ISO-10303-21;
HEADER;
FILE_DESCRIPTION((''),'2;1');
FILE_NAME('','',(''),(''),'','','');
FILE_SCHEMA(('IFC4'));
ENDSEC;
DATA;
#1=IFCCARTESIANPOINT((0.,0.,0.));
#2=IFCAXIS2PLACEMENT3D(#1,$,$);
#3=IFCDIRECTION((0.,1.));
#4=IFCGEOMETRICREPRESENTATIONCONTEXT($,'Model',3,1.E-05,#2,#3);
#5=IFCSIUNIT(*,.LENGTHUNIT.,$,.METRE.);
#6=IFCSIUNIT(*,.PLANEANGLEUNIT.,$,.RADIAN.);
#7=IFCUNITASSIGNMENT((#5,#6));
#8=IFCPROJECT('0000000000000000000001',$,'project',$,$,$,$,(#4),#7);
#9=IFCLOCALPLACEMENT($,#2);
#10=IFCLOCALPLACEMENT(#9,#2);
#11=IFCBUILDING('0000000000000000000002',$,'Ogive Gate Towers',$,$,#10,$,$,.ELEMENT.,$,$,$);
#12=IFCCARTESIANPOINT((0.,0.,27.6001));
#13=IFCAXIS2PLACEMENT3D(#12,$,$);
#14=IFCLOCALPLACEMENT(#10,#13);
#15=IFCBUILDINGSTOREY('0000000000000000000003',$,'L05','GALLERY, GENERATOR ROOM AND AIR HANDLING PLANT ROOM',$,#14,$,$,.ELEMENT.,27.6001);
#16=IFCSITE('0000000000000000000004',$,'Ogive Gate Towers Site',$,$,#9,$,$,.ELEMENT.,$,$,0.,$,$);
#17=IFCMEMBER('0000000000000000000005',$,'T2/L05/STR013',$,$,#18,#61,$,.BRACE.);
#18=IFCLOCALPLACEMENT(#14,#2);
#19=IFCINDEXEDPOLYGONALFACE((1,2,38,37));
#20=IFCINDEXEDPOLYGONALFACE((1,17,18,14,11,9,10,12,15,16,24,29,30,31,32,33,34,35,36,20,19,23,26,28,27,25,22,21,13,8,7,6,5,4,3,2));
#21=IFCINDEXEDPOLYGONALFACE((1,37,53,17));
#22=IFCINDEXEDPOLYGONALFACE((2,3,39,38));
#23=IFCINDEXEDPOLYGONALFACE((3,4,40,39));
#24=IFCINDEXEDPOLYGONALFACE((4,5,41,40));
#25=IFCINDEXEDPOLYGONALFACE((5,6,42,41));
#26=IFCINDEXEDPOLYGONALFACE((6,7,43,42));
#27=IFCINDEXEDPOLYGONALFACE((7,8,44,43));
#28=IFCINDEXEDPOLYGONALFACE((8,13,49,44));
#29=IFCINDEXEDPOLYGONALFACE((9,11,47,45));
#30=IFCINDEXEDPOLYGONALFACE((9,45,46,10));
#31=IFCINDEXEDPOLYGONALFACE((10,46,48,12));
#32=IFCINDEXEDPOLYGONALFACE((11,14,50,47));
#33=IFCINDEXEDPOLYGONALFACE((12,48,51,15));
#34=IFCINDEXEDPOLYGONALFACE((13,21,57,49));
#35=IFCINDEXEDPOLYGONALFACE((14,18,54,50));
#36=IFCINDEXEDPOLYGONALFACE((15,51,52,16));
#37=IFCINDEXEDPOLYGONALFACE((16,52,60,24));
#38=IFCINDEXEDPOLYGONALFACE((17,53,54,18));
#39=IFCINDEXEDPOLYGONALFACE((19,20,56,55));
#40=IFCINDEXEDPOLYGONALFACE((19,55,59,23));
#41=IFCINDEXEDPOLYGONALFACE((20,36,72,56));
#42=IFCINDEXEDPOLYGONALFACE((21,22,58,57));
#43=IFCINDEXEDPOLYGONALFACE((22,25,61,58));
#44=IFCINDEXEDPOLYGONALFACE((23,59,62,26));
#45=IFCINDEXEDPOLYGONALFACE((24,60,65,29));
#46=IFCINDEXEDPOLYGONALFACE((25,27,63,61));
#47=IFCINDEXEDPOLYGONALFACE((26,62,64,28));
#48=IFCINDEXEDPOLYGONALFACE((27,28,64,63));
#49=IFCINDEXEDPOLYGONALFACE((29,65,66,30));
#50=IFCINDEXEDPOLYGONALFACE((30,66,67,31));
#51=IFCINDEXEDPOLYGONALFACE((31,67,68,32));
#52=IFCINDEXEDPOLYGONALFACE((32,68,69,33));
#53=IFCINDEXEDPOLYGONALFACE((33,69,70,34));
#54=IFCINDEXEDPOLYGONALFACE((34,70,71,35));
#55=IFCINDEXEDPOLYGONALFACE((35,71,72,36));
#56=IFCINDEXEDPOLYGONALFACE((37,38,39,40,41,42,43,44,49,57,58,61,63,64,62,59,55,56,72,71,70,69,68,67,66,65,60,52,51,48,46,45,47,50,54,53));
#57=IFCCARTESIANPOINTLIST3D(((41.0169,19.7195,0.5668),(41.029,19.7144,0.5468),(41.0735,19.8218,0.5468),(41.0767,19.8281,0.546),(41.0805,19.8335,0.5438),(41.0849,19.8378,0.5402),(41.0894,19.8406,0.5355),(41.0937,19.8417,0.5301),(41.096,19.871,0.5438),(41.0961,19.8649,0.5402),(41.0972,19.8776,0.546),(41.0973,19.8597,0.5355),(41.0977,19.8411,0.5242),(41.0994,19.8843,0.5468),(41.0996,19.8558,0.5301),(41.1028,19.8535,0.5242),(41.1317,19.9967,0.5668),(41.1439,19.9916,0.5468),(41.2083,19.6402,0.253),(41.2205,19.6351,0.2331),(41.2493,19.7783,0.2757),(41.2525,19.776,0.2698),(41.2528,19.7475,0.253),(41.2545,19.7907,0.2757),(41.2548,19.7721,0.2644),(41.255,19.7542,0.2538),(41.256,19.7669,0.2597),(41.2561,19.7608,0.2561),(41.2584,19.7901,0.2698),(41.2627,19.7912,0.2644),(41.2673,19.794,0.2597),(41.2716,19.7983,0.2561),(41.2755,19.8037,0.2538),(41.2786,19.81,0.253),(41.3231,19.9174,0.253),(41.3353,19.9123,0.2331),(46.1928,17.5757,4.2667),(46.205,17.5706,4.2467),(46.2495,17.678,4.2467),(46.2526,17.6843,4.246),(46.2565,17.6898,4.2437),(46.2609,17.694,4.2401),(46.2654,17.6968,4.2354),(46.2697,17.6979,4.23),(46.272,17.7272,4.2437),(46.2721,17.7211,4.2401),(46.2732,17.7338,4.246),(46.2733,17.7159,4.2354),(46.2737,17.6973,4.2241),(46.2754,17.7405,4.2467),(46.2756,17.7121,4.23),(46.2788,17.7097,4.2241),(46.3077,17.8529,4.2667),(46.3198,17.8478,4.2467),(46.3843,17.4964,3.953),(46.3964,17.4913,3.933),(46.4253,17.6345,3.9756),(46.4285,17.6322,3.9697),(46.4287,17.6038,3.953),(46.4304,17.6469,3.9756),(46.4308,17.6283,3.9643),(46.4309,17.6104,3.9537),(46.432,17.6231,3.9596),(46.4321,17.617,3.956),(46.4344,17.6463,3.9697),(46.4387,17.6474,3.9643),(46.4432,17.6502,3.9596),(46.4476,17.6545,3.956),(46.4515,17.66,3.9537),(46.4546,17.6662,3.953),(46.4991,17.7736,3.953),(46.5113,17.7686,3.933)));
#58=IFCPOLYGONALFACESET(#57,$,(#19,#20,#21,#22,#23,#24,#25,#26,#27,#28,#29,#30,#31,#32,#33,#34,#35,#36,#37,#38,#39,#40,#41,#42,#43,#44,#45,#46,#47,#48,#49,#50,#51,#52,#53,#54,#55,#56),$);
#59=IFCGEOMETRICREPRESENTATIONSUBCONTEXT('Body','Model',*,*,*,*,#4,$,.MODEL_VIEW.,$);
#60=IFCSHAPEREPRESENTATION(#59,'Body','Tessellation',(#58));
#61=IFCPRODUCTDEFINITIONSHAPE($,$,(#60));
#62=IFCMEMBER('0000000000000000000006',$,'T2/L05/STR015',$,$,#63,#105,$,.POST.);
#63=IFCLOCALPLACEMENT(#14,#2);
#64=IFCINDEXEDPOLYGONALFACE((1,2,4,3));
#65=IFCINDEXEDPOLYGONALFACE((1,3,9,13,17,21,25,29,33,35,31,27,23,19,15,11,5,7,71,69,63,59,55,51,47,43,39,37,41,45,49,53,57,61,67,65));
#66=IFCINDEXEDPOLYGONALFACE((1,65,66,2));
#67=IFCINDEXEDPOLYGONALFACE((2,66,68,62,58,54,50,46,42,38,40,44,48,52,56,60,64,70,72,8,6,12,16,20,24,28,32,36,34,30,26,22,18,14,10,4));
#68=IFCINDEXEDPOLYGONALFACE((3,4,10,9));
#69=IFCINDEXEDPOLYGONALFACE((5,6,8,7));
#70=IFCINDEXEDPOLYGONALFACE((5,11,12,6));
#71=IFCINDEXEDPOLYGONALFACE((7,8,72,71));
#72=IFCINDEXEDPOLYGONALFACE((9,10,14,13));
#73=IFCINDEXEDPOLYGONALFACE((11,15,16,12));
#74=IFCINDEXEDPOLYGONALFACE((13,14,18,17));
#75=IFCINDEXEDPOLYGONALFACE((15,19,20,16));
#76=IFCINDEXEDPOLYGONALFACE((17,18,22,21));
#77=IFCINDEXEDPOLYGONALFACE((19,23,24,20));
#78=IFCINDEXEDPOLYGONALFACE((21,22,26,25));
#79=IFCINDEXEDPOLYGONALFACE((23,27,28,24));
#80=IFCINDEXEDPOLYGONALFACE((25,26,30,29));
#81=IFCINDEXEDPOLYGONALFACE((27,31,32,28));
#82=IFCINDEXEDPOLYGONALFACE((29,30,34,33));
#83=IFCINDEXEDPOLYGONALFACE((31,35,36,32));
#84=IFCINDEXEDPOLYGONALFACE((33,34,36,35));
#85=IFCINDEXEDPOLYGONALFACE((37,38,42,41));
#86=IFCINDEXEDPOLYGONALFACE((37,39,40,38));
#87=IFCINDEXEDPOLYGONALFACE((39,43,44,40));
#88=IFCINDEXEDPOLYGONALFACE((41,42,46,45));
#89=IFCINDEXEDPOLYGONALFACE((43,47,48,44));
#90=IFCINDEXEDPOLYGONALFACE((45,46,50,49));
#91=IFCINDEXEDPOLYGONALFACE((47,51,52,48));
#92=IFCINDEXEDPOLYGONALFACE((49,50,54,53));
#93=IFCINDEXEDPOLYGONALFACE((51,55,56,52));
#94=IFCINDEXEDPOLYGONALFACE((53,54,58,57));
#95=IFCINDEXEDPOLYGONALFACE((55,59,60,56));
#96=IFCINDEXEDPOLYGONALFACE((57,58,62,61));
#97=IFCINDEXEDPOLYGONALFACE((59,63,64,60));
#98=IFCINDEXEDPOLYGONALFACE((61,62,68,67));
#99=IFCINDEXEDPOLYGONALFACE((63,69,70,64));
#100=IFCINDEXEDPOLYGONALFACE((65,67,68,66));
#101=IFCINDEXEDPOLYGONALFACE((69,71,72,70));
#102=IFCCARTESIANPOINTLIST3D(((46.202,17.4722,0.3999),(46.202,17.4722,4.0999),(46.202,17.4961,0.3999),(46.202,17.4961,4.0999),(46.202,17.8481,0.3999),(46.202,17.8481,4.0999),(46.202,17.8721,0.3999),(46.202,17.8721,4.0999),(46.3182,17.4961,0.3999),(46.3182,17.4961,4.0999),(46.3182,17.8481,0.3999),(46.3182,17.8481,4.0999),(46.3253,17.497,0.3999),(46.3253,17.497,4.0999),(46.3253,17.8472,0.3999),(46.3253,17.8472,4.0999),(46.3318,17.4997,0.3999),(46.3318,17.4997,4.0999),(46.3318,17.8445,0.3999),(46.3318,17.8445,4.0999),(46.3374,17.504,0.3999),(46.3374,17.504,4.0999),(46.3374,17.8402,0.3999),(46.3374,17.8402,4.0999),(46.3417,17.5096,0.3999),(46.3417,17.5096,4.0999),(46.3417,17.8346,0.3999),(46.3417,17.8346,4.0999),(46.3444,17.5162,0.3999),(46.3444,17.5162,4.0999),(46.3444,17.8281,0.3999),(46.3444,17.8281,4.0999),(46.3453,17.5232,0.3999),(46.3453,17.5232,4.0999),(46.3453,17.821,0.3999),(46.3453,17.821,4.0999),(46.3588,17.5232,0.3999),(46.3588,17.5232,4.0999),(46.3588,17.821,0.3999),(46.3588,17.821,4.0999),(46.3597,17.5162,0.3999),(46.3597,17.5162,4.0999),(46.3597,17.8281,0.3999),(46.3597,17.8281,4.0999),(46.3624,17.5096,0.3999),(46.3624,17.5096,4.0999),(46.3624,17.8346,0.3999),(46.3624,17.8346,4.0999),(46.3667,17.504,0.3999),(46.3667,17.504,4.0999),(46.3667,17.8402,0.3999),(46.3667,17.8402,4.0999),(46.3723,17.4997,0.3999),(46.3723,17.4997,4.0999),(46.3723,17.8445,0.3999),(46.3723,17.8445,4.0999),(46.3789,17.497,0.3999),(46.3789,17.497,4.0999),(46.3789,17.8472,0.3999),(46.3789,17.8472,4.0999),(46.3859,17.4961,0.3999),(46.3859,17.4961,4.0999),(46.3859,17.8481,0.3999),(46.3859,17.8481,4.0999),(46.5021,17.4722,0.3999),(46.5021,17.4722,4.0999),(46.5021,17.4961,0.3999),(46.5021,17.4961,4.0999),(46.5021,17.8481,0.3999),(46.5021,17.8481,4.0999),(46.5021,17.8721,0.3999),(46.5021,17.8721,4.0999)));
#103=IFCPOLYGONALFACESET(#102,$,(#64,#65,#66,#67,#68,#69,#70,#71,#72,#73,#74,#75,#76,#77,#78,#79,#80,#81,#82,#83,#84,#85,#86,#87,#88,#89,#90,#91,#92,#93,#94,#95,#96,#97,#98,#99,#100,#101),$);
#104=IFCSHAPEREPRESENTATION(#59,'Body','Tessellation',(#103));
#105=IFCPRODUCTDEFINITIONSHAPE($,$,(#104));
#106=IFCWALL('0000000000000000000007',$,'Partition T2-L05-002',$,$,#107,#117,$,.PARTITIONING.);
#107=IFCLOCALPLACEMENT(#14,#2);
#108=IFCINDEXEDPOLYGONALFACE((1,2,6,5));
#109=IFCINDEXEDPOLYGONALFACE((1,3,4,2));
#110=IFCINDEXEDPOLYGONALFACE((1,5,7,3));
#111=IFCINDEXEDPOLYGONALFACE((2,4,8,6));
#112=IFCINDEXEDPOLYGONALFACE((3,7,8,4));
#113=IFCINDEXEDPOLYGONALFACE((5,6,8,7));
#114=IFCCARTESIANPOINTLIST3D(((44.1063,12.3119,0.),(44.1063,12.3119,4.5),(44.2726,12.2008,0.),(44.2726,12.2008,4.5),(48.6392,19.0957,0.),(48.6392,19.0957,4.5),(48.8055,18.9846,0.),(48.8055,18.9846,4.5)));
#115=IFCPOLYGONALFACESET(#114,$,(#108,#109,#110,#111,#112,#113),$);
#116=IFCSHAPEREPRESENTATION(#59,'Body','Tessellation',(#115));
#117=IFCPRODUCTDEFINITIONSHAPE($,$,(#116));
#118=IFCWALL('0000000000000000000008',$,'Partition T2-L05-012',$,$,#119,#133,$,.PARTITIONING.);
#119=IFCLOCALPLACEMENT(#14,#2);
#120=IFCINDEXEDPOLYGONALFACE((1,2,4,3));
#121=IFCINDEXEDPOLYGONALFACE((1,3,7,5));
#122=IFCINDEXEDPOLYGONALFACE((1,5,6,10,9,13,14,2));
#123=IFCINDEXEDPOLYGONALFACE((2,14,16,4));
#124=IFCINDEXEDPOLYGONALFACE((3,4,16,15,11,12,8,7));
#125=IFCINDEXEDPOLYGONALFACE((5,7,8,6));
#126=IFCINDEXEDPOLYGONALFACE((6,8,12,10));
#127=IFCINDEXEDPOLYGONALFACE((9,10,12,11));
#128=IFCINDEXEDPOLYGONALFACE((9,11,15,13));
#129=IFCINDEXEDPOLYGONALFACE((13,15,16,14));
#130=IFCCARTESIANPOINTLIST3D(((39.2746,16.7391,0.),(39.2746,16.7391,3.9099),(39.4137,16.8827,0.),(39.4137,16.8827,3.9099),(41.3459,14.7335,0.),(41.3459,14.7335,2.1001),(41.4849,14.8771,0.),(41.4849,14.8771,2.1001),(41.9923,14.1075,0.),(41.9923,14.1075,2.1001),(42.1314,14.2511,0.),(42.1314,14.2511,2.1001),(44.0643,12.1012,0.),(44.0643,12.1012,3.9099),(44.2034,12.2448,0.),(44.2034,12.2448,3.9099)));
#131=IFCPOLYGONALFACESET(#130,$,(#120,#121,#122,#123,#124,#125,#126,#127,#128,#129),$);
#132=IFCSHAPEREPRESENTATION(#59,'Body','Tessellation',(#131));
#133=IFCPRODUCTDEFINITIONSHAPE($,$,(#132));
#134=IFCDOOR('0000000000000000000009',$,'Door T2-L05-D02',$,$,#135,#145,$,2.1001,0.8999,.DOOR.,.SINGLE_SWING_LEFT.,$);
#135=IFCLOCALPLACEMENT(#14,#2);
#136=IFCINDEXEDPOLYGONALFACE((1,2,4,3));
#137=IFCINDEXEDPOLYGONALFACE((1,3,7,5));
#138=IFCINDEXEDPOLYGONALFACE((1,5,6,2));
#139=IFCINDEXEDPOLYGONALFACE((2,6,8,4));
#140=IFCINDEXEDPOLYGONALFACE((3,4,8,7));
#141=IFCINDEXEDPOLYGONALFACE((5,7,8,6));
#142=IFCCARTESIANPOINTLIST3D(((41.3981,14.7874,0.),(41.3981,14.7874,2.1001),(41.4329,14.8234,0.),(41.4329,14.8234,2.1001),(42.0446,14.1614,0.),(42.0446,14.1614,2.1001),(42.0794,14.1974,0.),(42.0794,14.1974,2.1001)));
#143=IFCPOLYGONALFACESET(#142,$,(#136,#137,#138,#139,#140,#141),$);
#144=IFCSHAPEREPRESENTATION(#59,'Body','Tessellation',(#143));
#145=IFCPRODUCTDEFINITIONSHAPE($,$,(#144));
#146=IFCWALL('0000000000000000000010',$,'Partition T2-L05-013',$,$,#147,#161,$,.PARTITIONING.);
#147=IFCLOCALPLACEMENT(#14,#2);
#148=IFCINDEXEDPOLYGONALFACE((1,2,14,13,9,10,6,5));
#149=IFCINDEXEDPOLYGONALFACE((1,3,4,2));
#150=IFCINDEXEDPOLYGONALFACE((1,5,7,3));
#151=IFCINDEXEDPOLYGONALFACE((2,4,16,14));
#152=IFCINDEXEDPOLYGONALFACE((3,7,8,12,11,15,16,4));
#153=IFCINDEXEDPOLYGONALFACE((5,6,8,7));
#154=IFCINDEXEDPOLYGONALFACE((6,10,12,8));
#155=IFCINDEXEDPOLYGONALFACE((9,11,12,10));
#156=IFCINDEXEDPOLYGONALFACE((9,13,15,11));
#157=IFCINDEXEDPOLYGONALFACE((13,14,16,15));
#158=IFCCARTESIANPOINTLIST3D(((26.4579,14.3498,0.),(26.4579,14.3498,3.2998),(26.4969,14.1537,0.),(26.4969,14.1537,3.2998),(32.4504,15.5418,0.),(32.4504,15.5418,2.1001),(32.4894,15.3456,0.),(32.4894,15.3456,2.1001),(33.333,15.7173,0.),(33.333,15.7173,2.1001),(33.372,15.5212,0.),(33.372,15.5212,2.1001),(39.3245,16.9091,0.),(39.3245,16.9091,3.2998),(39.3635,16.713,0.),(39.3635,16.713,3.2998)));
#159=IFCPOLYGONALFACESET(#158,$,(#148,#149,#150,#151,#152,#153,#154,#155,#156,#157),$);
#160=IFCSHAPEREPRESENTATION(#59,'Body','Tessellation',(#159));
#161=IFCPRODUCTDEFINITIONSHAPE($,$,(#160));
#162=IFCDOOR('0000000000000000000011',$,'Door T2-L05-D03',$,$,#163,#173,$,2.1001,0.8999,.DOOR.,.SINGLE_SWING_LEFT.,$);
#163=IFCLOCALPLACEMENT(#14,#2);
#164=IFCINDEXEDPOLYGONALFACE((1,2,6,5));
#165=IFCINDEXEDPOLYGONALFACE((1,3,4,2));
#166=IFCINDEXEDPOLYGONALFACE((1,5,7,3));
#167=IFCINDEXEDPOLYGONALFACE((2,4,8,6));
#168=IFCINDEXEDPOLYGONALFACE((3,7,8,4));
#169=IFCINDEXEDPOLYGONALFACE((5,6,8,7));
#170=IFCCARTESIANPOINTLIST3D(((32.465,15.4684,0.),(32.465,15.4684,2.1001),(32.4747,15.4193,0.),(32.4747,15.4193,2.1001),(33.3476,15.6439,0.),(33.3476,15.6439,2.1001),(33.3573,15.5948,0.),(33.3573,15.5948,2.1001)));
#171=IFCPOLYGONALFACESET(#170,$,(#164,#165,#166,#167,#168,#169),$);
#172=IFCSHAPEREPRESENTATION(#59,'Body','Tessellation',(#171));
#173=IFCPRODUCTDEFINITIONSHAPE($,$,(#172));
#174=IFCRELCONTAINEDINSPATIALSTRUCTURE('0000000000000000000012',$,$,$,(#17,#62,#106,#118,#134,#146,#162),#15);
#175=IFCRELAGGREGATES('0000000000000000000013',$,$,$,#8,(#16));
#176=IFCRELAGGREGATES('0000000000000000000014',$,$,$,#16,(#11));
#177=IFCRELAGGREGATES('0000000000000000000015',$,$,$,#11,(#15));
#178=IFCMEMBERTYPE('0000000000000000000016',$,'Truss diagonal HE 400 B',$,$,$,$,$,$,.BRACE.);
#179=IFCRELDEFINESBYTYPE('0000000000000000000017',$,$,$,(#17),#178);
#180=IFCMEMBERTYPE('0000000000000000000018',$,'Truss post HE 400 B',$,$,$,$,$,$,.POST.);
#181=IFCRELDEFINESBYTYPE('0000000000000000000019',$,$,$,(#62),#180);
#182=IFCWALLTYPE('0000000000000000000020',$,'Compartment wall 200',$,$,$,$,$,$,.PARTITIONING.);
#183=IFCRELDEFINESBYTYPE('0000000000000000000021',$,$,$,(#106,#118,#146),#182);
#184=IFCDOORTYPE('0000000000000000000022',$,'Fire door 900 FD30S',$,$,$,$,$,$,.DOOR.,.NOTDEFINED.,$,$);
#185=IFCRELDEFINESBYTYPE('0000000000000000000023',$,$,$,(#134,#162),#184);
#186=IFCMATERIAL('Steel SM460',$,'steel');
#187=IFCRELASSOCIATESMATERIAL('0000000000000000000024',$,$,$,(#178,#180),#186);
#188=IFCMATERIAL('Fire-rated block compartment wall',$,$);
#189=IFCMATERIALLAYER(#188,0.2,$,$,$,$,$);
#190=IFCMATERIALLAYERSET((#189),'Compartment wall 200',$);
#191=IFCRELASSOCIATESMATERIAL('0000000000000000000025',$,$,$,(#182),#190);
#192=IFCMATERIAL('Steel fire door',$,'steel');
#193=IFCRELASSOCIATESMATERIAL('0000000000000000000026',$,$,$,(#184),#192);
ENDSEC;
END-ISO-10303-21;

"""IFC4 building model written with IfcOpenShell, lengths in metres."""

from ifc_helpers import new_model, si_unit, direction, frame, frame_2d, origin, origin_2d, place, context, subcontext, project, spatial, rectangle, i_section, extrude, material, layer, layer_set, material_profile, profile_set, type_object, element, fill, save


model = new_model("IFC4")

# Units and contexts
model_context = context("Model", 3, precision=1e-05, world=origin(), true_north=direction((0.0, 1.0)))
body_context = subcontext(model_context, "Body", "Model", "MODEL_VIEW")
ifc_project = project(units=[si_unit("LENGTHUNIT", "METRE"), si_unit("PLANEANGLEUNIT", "RADIAN")], contexts=[model_context])

# Site, building, storey
site_placement = place(None, origin())
site = spatial("IfcSite", under=ifc_project, at=site_placement, Name="Ogive Gate Towers Site", CompositionType="ELEMENT", RefElevation=0.0)
building_placement = place(site_placement, origin())
building = spatial("IfcBuilding", under=site, at=building_placement, Name="Ogive Gate Towers", CompositionType="ELEMENT")
storey_placement = place(building_placement, frame((0.0, 0.0, 27.6001)))
storey = spatial("IfcBuildingStorey", under=building, at=storey_placement, Name="L05", Description="GALLERY, GENERATOR ROOM AND AIR HANDLING PLANT ROOM", CompositionType="ELEMENT", Elevation=27.6001)

# Members
ifc_material_1 = material(Name="Steel SM460", Category="steel")
ifc_material_profile_1 = material_profile(ifc_material_1, i_section(OverallWidth=0.3, OverallDepth=0.3999, WebThickness=0.0134, FlangeThickness=0.0239, FilletRadius=0.0271, at=origin_2d()), Name="HE 400 B")
ifc_profile_set_1 = profile_set([ifc_material_profile_1], Name="Steel SM460")
member_type_1 = type_object("IfcMemberType", Name="Truss diagonal HE 400 B", PredefinedType="BRACE", material=ifc_profile_set_1)
member_1_placement = place(storey_placement, frame((46.3521, 17.6721, 4.0999), z_axis=(-0.770939, 0.319306, -0.551086), x_axis=(-0.382656, -0.923891, 0.0)))
element("IfcMember", 1, at=member_1_placement, inside=storey, type_object=member_type_1, Name="T2/L05/STR013", PredefinedType="BRACE", context=body_context, shape_type="SweptSolid", body=[
    extrude(i_section(OverallWidth=0.3, OverallDepth=0.3999, WebThickness=0.0134, FlangeThickness=0.0239, FilletRadius=0.0271, at=origin_2d()), origin(), (0.0, 0.0, 1.0), 6.7139),
])
ifc_material_profile_2 = material_profile(ifc_material_1, i_section(OverallWidth=0.3, OverallDepth=0.3999, WebThickness=0.0134, FlangeThickness=0.0239, FilletRadius=0.0271, at=origin_2d()), Name="HE 400 B")
ifc_profile_set_2 = profile_set([ifc_material_profile_2], Name="Steel SM460")
member_type_2 = type_object("IfcMemberType", Name="Truss post HE 400 B", PredefinedType="POST", material=ifc_profile_set_2)
member_2_placement = place(storey_placement, frame((46.3521, 17.6721, 0.3999), z_axis=(0.0, 0.0, 1.0), x_axis=(1.0, 0.0, 0.0)))
element("IfcMember", 2, at=member_2_placement, inside=storey, type_object=member_type_2, Name="T2/L05/STR015", PredefinedType="POST", context=body_context, shape_type="SweptSolid", body=[
    extrude(i_section(OverallWidth=0.3, OverallDepth=0.3999, WebThickness=0.0134, FlangeThickness=0.0239, FilletRadius=0.0271, at=origin_2d()), origin(), (0.0, 0.0, 1.0), 3.7),
])

# Wall
ifc_material_2 = material(Name="Fire-rated block compartment wall")
ifc_layer_1 = layer(ifc_material_2, 0.2)
ifc_layer_set_1 = layer_set([ifc_layer_1], Name="Compartment wall 200")
wall_type_1 = type_object("IfcWallType", Name="Compartment wall 200", PredefinedType="PARTITIONING", material=ifc_layer_set_1)
wall_1_placement = place(storey_placement, frame((48.7224, 19.0403, 0.0), z_axis=(0.0, 0.0, 1.0), x_axis=(-0.555577, -0.831465, 0.0)))
element("IfcWall", 3, at=wall_1_placement, inside=storey, type_object=wall_type_1, Name="Partition T2-L05-002", PredefinedType="PARTITIONING", context=body_context, shape_type="SweptSolid", body=[
    extrude(rectangle(XDim=8.1589, YDim=0.2, at=frame_2d((4.0796, 0.0))), origin(), (0.0, 0.0, 1.0), 4.5),
])

# Walls, openings, doors
wall_2_placement = place(storey_placement, frame((44.1338, 12.1731, 0.0), z_axis=(0.0, 0.0, 1.0), x_axis=(-0.718403, 0.695627, 0.0)))
wall_2 = element("IfcWall", 4, at=wall_2_placement, inside=storey, type_object=wall_type_1, Name="Partition T2-L05-012", PredefinedType="PARTITIONING", context=body_context, shape_type="SweptSolid", body=[
    extrude(rectangle(XDim=6.6672, YDim=0.2, at=frame_2d((3.3335, 0.0))), origin(), (0.0, 0.0, 1.0), 3.9099),
])
opening_1_placement = place(wall_2_placement, frame((2.884, 0.0, 0.0)))
opening_1 = element("IfcOpeningElement", 5, at=opening_1_placement, cuts=wall_2, PredefinedType="OPENING", context=body_context, shape_type="SweptSolid", body=[
    extrude(rectangle(XDim=0.8999, YDim=2.1001, at=frame_2d((0.45, 1.05))), frame((0.0, 0.1099, 0.0), z_axis=(0.0, -1.0, 0.0), x_axis=(1.0, 0.0, 0.0)), (0.0, 0.0, 1.0), 0.22),
])
ifc_material_3 = material(Name="Steel fire door", Category="steel")
door_type_1 = type_object("IfcDoorType", Name="Fire door 900 FD30S", OperationType="NOTDEFINED", PredefinedType="DOOR", material=ifc_material_3)
door_1_placement = place(opening_1_placement, origin())
door_1 = element("IfcDoor", 6, at=door_1_placement, inside=storey, type_object=door_type_1, Name="Door T2-L05-D02", OperationType="SINGLE_SWING_LEFT", OverallHeight=2.1001, OverallWidth=0.8999, PredefinedType="DOOR", context=body_context, shape_type="SweptSolid", body=[
    extrude(rectangle(XDim=0.8999, YDim=2.1001, at=frame_2d((0.45, 1.05))), frame((0.0, 0.0249, 0.0), z_axis=(0.0, -1.0, 0.0), x_axis=(1.0, 0.0, 0.0)), (0.0, 0.0, 1.0), 0.05),
])
fill(opening_1, door_1)
wall_3_placement = place(storey_placement, frame((39.344, 16.811, 0.0), z_axis=(0.0, 0.0, 1.0), x_axis=(-0.980786, -0.195089, 0.0)))
wall_3 = element("IfcWall", 7, at=wall_3_placement, inside=storey, type_object=wall_type_1, Name="Partition T2-L05-013", PredefinedType="PARTITIONING", context=body_context, shape_type="SweptSolid", body=[
    extrude(rectangle(XDim=13.1187, YDim=0.2, at=frame_2d((6.5593, 0.0))), origin(), (0.0, 0.0, 1.0), 3.2998),
])
opening_2_placement = place(wall_3_placement, frame((6.1089, 0.0, 0.0)))
opening_2 = element("IfcOpeningElement", 8, at=opening_2_placement, cuts=wall_3, PredefinedType="OPENING", context=body_context, shape_type="SweptSolid", body=[
    extrude(rectangle(XDim=0.8999, YDim=2.1001, at=frame_2d((0.45, 1.05))), frame((0.0, 0.1099, 0.0), z_axis=(0.0, -1.0, 0.0), x_axis=(1.0, 0.0, 0.0)), (0.0, 0.0, 1.0), 0.22),
])
door_2_placement = place(opening_2_placement, origin())
door_2 = element("IfcDoor", 9, at=door_2_placement, inside=storey, type_object=door_type_1, Name="Door T2-L05-D03", OperationType="SINGLE_SWING_LEFT", OverallHeight=2.1001, OverallWidth=0.8999, PredefinedType="DOOR", context=body_context, shape_type="SweptSolid", body=[
    extrude(rectangle(XDim=0.8999, YDim=2.1001, at=frame_2d((0.45, 1.05))), frame((0.0, 0.0249, 0.0), z_axis=(0.0, -1.0, 0.0), x_axis=(1.0, 0.0, 0.0)), (0.0, 0.0, 1.0), 0.05),
])
fill(opening_2, door_2)

save(model, "model.ifc")
